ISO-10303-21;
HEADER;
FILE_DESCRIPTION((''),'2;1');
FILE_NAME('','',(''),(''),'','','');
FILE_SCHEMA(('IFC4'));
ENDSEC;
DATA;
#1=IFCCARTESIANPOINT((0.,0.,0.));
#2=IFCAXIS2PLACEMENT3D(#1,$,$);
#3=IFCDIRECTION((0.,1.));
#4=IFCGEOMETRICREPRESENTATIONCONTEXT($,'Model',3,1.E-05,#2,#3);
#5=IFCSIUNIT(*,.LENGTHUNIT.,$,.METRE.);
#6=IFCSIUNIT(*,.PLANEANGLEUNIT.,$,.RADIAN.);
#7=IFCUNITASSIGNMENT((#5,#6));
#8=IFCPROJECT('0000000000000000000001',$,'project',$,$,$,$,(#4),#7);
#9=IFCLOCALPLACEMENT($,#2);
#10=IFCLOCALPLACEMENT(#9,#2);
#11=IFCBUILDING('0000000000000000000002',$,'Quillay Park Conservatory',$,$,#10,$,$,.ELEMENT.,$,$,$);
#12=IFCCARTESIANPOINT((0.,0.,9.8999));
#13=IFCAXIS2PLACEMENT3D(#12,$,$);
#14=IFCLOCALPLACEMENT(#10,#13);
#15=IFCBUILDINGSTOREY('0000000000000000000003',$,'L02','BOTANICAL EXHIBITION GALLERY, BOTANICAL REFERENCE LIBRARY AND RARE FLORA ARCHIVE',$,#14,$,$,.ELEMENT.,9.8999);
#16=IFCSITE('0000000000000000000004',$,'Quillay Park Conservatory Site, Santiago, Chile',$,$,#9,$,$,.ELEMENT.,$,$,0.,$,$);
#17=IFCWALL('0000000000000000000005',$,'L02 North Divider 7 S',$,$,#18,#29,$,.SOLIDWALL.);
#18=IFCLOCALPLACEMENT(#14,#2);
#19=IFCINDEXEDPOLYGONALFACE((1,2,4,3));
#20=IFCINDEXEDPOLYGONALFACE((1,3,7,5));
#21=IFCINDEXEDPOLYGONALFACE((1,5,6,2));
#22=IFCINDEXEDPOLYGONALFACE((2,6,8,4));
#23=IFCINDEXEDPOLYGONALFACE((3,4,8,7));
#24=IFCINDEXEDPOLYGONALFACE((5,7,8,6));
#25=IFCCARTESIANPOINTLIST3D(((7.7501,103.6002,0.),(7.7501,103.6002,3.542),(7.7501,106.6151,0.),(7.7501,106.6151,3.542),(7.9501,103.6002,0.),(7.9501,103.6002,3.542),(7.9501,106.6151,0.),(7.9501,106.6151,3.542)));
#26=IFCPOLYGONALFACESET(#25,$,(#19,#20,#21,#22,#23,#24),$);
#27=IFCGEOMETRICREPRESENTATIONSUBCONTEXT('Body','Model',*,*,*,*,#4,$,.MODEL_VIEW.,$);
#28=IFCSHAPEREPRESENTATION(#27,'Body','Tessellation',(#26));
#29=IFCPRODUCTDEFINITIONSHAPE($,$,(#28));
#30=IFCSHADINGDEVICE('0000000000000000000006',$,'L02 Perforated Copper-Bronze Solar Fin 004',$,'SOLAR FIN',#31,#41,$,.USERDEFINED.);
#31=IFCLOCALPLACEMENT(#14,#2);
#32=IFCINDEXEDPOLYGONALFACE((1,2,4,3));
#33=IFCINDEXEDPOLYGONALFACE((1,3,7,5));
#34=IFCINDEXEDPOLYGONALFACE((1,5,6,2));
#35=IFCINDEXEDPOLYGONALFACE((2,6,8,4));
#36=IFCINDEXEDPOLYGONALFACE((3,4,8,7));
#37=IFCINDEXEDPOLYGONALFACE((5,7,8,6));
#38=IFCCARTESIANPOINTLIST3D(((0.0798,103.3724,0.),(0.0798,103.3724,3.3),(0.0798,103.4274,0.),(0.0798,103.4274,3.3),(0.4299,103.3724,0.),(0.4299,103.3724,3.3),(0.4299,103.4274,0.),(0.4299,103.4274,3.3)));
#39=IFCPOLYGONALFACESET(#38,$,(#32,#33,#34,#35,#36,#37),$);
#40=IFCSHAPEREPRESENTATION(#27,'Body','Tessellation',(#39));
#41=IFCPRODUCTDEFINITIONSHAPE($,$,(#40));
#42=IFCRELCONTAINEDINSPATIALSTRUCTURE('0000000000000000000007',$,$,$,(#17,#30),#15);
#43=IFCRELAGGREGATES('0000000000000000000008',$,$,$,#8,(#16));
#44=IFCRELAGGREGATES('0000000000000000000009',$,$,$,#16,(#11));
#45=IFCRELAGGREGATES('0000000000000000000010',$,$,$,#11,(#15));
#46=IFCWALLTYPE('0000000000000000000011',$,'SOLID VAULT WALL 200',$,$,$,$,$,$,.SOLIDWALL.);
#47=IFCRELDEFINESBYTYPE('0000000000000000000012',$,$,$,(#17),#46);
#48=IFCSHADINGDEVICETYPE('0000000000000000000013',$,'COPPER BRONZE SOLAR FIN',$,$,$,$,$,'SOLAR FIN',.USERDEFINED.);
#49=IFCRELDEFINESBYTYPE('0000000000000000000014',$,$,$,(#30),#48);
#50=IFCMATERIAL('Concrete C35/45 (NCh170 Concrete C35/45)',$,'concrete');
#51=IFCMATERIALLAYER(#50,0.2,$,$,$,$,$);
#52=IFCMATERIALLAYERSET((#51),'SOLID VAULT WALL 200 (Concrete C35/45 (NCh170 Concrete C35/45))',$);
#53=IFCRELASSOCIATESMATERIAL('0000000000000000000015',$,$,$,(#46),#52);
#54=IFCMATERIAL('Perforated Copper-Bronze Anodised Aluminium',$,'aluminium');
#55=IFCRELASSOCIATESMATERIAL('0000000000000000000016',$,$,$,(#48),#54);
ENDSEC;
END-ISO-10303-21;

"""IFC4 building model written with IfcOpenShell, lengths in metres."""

from ifc_helpers import new_model, si_unit, direction, frame, frame_2d, origin, origin_2d, place, context, subcontext, project, spatial, rectangle, extrude, material, layer, layer_set, type_object, element, save


model = new_model("IFC4")

# Units and contexts
model_context = context("Model", 3, precision=1e-05, world=origin(), true_north=direction((0.0, 1.0)))
body_context = subcontext(model_context, "Body", "Model", "MODEL_VIEW")
ifc_project = project(units=[si_unit("LENGTHUNIT", "METRE"), si_unit("PLANEANGLEUNIT", "RADIAN")], contexts=[model_context])

# Site, building, storey
site_placement = place(None, origin())
site = spatial("IfcSite", under=ifc_project, at=site_placement, Name="Quillay Park Conservatory Site, Santiago, Chile", CompositionType="ELEMENT", RefElevation=0.0)
building_placement = place(site_placement, origin())
building = spatial("IfcBuilding", under=site, at=building_placement, Name="Quillay Park Conservatory", CompositionType="ELEMENT")
storey_placement = place(building_placement, frame((0.0, 0.0, 9.8999)))
storey = spatial("IfcBuildingStorey", under=building, at=storey_placement, Name="L02", Description="BOTANICAL EXHIBITION GALLERY, BOTANICAL REFERENCE LIBRARY AND RARE FLORA ARCHIVE", CompositionType="ELEMENT", Elevation=9.8999)

# Shared definitions
ifc_material_1 = material(Name="Concrete C35/45 (NCh170 Concrete C35/45)", Category="concrete")
ifc_layer_1 = layer(ifc_material_1, 0.2)
ifc_layer_set_1 = layer_set([ifc_layer_1], Name="SOLID VAULT WALL 200 (Concrete C35/45 (NCh170 Concrete C35/45))")
wall_type_1 = type_object("IfcWallType", Name="SOLID VAULT WALL 200", PredefinedType="SOLIDWALL", material=ifc_layer_set_1)

# Wall
wall_1_placement = place(storey_placement, frame((7.8501, 106.615, 0.0), z_axis=(0.0, 0.0, 1.0), x_axis=(0.0, -1.0, 0.0)))
element("IfcWall", 1, at=wall_1_placement, inside=storey, type_object=wall_type_1, Name="L02 North Divider 7 S", PredefinedType="SOLIDWALL", context=body_context, shape_type="SweptSolid", body=[
    extrude(rectangle(XDim=3.0149, YDim=0.2, at=frame_2d((1.5073, 0.0))), origin(), (0.0, 0.0, 1.0), 3.542),
])

# Shading device
ifc_material_2 = material(Name="Perforated Copper-Bronze Anodised Aluminium", Category="aluminium")
shading_device_type = type_object("IfcShadingDeviceType", Name="COPPER BRONZE SOLAR FIN", ElementType="SOLAR FIN", PredefinedType="USERDEFINED", material=ifc_material_2)
shading_device_placement = place(storey_placement, frame((0.2549, 103.3999, 0.0), z_axis=(0.0, 0.0, 1.0), x_axis=(1.0, 0.0, 0.0)))
element("IfcShadingDevice", 2, at=shading_device_placement, inside=storey, type_object=shading_device_type, Name="L02 Perforated Copper-Bronze Solar Fin 004", ObjectType="SOLAR FIN", PredefinedType="USERDEFINED", context=body_context, shape_type="SweptSolid", body=[
    extrude(rectangle(XDim=0.3501, YDim=0.0549, at=origin_2d()), origin(), (0.0, 0.0, 1.0), 3.3),
])

save(model, "model.ifc")
